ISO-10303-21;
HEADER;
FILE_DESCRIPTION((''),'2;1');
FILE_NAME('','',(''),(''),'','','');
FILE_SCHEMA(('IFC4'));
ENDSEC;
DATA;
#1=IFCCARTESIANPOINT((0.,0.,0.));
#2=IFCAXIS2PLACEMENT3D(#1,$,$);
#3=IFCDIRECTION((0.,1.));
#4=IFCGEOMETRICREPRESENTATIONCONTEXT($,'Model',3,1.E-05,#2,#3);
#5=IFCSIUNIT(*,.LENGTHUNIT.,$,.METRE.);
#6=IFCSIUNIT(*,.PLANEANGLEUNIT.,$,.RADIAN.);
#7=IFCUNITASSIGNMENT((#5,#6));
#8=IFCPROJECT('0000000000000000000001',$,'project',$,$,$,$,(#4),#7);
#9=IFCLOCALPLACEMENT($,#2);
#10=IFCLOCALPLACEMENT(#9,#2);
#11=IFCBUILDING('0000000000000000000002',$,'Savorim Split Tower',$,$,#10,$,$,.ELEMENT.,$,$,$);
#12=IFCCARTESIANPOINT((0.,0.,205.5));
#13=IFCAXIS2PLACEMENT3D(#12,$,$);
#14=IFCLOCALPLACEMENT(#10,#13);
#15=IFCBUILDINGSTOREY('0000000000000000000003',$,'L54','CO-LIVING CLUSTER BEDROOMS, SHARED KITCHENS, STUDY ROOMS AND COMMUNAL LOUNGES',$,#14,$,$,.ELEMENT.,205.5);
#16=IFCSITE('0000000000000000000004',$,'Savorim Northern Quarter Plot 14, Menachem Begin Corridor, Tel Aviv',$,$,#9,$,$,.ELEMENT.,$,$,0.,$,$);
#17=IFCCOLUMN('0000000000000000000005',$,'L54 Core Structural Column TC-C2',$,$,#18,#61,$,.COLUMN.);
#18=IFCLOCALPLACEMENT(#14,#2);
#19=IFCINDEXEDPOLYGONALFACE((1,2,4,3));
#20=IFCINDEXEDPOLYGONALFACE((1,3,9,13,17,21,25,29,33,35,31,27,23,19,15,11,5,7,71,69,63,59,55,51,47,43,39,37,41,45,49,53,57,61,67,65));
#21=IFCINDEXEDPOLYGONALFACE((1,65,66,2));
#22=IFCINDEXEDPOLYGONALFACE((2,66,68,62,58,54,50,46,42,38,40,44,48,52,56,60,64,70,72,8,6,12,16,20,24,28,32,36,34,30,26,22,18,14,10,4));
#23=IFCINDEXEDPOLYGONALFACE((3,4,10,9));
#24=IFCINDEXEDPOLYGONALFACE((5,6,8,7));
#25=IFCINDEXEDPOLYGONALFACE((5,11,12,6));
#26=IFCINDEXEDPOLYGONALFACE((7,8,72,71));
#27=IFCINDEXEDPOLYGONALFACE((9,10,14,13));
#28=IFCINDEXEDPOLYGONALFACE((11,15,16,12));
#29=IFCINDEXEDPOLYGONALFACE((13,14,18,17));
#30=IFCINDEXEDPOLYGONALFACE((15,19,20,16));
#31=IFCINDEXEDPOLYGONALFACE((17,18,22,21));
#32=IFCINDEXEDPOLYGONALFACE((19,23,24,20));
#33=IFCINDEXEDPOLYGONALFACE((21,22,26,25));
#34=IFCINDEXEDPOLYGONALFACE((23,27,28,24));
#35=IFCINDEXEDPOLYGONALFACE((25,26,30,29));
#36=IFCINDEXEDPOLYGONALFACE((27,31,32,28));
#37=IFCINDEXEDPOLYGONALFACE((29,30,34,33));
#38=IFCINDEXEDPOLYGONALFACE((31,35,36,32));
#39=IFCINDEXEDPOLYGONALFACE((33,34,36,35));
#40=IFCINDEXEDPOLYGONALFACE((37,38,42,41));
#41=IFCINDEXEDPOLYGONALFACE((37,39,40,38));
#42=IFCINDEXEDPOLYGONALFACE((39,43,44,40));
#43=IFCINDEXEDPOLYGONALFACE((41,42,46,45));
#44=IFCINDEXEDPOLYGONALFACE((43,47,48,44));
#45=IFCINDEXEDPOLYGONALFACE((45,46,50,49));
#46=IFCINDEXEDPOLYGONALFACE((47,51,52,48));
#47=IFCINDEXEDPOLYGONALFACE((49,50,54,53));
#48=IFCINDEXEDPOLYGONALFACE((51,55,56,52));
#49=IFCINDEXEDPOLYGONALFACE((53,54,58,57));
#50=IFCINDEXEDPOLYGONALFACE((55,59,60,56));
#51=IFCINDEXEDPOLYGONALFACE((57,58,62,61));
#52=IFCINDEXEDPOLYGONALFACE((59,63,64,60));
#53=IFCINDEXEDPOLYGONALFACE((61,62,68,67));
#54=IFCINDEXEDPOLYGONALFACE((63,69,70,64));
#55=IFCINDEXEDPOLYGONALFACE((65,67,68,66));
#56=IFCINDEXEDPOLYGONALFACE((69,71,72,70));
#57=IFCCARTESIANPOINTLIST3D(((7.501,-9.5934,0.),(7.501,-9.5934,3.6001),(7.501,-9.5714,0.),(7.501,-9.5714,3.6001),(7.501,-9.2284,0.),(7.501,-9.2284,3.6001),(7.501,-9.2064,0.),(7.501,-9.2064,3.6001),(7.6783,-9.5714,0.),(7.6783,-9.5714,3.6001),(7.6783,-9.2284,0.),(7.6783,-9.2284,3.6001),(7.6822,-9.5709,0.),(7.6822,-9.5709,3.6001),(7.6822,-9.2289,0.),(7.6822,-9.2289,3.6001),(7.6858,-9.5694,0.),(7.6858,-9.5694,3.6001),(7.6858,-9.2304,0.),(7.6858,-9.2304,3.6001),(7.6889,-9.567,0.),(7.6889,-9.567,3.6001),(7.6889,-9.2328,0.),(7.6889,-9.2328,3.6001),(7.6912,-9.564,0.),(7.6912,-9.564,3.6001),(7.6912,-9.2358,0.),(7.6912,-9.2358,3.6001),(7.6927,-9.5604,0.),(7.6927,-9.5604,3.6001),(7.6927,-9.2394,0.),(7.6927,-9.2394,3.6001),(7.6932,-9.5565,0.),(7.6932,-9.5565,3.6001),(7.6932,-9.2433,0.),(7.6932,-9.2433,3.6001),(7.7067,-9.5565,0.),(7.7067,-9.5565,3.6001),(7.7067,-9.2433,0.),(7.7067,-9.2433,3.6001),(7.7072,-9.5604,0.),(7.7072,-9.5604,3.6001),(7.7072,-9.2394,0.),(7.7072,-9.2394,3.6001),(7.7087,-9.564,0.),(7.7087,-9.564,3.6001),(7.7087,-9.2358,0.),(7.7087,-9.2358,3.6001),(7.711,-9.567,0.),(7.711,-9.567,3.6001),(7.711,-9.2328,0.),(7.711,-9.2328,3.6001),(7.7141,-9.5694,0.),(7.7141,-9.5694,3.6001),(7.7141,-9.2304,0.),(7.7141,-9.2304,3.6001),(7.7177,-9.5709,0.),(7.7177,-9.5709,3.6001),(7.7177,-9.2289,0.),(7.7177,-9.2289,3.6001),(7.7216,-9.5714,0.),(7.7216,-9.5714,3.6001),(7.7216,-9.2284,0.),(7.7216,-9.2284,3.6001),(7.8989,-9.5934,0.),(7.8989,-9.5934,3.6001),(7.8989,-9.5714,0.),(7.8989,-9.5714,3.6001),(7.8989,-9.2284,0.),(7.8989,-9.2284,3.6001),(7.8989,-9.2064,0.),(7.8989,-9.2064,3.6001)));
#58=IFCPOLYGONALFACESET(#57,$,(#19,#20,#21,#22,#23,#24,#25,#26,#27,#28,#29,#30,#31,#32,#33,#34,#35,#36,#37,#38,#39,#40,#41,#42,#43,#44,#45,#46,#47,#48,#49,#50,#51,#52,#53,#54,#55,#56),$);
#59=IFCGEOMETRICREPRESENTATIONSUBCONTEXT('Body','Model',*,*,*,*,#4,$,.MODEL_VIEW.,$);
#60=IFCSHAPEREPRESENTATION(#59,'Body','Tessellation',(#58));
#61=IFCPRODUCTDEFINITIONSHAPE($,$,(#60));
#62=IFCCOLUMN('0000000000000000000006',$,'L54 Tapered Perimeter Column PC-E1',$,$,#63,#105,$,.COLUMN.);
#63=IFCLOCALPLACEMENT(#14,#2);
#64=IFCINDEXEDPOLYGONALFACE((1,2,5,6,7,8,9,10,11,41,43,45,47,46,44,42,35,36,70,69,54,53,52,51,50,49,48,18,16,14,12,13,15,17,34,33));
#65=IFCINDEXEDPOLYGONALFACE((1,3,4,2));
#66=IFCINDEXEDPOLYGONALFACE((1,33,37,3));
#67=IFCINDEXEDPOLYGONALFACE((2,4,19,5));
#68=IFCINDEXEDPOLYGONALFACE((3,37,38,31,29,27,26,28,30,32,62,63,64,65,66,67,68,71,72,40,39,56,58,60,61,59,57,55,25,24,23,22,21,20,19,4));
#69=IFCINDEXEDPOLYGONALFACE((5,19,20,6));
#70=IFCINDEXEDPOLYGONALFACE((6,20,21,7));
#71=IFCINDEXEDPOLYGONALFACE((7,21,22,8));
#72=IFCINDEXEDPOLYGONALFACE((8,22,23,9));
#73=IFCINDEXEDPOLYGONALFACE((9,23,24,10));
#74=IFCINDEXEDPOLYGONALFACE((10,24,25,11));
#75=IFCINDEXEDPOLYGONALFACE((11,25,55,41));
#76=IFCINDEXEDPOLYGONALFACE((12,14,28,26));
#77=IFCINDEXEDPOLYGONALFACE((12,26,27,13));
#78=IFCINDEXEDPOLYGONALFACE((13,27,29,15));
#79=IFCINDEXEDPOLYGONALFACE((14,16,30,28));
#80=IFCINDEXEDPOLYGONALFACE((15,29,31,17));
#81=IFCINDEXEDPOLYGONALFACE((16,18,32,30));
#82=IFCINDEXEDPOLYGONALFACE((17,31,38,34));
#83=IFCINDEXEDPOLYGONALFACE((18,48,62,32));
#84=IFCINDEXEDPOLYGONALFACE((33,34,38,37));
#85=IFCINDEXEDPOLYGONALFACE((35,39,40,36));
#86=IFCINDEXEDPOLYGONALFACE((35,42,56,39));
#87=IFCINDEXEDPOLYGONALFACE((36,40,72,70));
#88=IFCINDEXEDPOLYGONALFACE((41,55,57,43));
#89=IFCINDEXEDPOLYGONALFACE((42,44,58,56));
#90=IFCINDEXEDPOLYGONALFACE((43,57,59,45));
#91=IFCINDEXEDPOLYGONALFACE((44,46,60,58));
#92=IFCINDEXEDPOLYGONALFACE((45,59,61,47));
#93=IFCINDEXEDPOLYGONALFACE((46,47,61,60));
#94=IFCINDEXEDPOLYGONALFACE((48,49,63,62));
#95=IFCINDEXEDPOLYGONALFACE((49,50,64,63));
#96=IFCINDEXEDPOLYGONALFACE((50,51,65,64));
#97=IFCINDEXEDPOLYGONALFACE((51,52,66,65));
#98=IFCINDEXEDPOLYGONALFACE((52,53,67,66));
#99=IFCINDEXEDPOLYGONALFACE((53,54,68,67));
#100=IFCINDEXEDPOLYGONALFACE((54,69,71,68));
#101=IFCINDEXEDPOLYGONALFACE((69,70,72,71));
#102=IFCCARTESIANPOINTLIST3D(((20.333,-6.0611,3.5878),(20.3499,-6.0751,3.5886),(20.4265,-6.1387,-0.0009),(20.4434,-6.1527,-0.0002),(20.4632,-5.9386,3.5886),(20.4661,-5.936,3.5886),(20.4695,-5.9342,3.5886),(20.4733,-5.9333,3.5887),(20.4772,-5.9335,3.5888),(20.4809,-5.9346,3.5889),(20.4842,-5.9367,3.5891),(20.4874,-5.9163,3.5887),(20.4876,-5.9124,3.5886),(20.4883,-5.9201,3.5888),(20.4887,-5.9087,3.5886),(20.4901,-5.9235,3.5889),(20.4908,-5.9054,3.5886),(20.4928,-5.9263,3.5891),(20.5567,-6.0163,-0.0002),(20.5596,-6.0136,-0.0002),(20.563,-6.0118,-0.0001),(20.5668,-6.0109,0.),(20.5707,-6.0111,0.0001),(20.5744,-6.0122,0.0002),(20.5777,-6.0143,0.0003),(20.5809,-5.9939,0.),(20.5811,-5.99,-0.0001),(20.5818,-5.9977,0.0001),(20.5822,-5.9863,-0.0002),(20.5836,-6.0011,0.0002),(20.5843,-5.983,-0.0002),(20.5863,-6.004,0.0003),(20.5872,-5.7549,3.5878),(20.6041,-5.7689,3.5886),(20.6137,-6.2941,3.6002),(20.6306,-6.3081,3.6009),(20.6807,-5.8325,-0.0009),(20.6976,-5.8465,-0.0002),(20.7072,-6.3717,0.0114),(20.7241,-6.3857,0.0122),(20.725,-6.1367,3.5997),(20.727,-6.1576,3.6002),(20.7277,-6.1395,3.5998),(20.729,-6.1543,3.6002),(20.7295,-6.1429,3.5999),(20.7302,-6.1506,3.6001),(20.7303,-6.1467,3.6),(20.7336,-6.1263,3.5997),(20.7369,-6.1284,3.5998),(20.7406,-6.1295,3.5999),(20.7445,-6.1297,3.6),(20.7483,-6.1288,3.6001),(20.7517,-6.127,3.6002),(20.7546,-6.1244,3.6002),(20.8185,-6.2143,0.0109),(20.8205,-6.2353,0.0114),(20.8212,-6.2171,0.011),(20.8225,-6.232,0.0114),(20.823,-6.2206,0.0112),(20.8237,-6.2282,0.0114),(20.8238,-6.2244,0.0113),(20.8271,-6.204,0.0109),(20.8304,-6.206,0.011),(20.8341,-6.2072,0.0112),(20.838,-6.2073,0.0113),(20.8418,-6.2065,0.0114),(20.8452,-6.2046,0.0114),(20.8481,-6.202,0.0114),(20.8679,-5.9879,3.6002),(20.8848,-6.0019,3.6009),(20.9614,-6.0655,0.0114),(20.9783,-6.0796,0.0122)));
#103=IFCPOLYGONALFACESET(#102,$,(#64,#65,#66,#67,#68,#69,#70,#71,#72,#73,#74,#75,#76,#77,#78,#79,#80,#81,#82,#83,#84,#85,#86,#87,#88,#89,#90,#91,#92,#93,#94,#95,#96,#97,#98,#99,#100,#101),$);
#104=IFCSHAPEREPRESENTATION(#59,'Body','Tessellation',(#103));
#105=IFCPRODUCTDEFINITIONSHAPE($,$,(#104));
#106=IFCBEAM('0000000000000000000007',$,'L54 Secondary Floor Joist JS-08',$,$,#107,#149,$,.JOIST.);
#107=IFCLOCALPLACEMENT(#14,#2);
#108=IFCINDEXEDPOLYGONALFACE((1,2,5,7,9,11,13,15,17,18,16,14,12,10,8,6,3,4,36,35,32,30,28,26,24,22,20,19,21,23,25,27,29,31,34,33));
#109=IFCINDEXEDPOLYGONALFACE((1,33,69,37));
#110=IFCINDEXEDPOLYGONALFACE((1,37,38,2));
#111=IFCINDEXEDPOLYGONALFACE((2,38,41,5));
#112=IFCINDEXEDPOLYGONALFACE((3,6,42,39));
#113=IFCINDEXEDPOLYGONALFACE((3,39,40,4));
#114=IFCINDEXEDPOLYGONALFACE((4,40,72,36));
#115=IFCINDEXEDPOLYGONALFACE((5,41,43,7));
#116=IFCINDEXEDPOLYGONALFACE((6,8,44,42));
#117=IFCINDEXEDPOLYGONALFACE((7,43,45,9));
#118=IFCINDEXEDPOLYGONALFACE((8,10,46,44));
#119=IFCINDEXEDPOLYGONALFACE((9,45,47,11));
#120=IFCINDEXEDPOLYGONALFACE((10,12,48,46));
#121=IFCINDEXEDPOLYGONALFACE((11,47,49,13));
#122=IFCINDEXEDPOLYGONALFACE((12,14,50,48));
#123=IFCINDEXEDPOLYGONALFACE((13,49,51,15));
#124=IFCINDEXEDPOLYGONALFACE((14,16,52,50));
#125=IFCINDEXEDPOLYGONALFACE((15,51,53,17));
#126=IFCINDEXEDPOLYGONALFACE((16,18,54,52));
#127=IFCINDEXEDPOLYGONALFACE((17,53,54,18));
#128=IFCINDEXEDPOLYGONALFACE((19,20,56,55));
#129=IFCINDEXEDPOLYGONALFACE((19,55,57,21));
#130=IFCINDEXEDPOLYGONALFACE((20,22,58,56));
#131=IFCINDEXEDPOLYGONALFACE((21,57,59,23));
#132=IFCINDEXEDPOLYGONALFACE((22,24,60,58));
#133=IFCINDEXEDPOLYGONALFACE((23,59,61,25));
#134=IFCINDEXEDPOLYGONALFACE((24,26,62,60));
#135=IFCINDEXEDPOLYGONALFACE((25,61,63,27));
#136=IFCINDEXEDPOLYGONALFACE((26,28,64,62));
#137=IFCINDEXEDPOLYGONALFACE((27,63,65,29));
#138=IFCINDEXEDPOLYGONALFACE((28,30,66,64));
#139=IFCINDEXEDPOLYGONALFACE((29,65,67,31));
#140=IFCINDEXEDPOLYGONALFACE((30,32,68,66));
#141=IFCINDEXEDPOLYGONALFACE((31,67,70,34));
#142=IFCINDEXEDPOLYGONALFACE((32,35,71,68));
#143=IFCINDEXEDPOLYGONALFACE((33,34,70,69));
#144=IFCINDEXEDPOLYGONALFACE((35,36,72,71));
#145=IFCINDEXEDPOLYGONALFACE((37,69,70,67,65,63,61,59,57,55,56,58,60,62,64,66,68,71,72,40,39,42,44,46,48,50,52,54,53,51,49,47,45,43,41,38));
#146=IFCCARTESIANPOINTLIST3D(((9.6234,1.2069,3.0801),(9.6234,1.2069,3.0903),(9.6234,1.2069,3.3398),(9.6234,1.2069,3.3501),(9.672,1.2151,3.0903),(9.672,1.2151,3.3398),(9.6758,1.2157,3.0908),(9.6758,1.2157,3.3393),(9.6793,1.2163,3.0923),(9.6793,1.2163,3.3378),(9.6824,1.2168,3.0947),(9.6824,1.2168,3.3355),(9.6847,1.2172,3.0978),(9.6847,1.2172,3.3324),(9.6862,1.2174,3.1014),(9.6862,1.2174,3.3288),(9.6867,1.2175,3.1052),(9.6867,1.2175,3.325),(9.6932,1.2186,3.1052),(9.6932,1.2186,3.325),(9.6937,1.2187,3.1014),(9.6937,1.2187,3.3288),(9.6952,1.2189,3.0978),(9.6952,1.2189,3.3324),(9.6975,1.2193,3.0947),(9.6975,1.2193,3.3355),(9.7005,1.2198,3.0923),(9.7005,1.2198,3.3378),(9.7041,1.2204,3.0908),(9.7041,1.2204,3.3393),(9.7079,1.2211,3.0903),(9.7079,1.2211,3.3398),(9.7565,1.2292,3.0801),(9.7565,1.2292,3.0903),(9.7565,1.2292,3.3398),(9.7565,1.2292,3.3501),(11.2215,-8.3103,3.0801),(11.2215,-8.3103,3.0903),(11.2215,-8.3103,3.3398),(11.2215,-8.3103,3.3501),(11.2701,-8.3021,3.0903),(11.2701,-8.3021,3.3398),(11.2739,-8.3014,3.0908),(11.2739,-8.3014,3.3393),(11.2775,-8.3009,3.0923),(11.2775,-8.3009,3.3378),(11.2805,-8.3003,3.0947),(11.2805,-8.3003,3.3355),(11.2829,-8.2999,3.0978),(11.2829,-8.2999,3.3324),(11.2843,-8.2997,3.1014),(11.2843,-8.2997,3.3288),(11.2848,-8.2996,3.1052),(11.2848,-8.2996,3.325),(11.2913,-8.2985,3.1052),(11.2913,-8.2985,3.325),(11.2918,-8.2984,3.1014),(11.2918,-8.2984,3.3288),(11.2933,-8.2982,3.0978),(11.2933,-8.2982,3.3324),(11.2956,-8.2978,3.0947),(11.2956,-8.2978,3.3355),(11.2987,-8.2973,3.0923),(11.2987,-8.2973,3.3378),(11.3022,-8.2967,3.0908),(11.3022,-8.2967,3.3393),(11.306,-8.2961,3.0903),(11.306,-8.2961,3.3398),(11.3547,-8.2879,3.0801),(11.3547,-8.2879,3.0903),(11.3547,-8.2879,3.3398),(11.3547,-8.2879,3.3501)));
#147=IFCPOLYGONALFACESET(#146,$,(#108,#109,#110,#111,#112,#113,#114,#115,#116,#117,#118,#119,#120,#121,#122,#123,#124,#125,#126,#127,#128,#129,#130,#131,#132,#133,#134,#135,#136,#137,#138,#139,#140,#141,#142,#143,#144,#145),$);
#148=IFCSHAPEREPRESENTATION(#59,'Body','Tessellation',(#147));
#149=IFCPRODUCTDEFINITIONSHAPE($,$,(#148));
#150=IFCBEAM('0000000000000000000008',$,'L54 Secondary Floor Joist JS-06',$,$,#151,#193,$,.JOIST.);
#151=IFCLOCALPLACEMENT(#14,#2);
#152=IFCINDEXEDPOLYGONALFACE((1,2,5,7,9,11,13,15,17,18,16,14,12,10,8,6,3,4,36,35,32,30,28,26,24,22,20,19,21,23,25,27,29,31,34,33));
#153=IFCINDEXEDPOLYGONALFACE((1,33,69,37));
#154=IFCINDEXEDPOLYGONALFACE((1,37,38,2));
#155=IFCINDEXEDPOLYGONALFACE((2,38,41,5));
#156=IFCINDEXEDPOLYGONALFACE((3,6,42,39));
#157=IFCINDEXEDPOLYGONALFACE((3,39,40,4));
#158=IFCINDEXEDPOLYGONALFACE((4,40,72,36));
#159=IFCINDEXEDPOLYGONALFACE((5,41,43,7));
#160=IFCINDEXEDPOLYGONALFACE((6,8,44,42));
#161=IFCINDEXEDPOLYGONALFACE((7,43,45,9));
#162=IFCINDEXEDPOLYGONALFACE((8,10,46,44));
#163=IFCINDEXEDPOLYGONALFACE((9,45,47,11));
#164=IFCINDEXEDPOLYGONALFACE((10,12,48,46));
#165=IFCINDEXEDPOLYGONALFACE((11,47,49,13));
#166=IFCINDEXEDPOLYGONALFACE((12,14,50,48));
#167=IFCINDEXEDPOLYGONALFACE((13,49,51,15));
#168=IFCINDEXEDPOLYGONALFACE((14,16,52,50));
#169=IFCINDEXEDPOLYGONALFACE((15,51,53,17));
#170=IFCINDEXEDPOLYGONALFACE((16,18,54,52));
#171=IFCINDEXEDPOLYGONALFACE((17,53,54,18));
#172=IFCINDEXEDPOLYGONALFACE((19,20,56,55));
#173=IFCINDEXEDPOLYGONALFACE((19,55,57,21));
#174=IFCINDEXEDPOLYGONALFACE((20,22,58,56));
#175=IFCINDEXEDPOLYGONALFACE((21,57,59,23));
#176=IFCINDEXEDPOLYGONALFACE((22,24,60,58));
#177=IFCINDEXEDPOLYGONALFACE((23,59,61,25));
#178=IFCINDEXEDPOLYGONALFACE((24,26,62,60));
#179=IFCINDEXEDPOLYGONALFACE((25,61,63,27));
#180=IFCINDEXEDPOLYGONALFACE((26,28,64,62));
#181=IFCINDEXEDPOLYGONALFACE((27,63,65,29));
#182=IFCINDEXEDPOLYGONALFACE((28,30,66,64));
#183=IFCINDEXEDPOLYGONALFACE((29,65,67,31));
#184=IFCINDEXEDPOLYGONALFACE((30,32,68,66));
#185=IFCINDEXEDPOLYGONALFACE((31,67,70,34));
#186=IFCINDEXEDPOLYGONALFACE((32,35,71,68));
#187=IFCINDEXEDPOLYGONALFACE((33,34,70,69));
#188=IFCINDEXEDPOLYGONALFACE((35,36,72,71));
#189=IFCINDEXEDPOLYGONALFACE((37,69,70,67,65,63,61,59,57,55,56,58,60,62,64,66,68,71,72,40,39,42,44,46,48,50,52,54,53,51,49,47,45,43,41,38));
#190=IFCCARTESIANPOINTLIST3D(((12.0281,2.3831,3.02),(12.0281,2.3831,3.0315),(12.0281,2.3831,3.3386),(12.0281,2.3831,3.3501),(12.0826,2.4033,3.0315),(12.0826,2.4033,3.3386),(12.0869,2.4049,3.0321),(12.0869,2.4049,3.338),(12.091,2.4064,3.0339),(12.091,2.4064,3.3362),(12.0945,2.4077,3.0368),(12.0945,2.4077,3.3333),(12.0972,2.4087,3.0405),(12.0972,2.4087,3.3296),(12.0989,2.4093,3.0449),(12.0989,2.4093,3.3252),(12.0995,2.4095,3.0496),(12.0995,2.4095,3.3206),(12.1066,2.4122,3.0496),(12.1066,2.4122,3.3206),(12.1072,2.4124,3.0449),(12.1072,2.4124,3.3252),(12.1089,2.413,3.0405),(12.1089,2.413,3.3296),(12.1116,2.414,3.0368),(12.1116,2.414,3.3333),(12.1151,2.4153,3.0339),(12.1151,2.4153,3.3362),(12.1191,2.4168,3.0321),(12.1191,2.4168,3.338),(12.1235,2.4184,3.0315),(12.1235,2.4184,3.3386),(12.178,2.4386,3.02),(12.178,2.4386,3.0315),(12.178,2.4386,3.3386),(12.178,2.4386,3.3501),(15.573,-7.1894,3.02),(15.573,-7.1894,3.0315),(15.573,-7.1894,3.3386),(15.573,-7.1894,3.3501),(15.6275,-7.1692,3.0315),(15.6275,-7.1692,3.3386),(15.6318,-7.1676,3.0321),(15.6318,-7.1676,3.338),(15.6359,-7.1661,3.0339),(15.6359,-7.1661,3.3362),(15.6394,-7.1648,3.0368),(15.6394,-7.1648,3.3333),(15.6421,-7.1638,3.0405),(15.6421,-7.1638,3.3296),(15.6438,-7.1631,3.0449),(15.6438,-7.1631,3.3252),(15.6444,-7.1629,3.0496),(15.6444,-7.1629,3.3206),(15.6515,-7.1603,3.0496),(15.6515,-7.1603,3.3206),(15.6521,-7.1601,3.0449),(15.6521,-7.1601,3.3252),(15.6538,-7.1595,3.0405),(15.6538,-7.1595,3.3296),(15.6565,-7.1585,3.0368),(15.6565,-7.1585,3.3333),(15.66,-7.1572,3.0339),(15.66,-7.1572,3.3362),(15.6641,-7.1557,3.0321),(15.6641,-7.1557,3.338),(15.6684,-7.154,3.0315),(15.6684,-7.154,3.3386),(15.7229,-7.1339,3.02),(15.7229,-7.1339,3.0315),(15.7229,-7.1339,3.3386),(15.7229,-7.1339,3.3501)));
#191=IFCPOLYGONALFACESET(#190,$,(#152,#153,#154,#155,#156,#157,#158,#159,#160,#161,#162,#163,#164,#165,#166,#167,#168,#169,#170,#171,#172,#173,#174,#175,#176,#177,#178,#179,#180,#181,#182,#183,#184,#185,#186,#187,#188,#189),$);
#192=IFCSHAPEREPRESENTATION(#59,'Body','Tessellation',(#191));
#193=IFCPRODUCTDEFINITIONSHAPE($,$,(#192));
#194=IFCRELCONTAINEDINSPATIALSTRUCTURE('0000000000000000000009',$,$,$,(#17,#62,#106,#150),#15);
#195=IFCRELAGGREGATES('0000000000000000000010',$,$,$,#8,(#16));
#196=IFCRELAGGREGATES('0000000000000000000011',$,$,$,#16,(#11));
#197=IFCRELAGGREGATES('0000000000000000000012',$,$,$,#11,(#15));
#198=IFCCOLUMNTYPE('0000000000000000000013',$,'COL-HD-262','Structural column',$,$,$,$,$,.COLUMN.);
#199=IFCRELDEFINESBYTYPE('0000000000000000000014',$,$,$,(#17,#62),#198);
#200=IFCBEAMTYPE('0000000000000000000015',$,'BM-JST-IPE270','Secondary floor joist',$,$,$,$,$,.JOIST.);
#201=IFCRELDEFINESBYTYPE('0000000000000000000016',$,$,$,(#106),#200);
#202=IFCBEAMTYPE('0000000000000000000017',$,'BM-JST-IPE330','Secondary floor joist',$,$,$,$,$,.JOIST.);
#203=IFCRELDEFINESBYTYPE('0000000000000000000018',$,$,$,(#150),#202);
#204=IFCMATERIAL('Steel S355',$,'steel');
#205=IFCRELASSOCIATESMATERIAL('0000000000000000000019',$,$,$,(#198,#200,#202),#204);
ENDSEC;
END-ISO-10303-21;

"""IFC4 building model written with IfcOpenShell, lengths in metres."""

from ifc_helpers import new_model, si_unit, direction, frame, origin, origin_2d, place, context, subcontext, project, spatial, i_section, extrude, material, material_profile, profile_set, type_object, element, save


model = new_model("IFC4")

# Units and contexts
model_context = context("Model", 3, precision=1e-05, world=origin(), true_north=direction((0.0, 1.0)))
body_context = subcontext(model_context, "Body", "Model", "MODEL_VIEW")
ifc_project = project(units=[si_unit("LENGTHUNIT", "METRE"), si_unit("PLANEANGLEUNIT", "RADIAN")], contexts=[model_context])

# Site, building, storey
site_placement = place(None, origin())
site = spatial("IfcSite", under=ifc_project, at=site_placement, Name="Savorim Northern Quarter Plot 14, Menachem Begin Corridor, Tel Aviv", CompositionType="ELEMENT", RefElevation=0.0)
building_placement = place(site_placement, origin())
building = spatial("IfcBuilding", under=site, at=building_placement, Name="Savorim Split Tower", CompositionType="ELEMENT")
storey_placement = place(building_placement, frame((0.0, 0.0, 205.5)))
storey = spatial("IfcBuildingStorey", under=building, at=storey_placement, Name="L54", Description="CO-LIVING CLUSTER BEDROOMS, SHARED KITCHENS, STUDY ROOMS AND COMMUNAL LOUNGES", CompositionType="ELEMENT", Elevation=205.5)

# Columns
ifc_material_1 = material(Name="Steel S355", Category="steel")
ifc_material_profile_1 = material_profile(ifc_material_1, i_section(OverallWidth=0.3979, OverallDepth=0.387, WebThickness=0.0134, FlangeThickness=0.022, FilletRadius=0.0149, at=origin_2d()), Name="HD 400x262")
ifc_profile_set_1 = profile_set([ifc_material_profile_1], Name="Steel S355")
column_type = type_object("IfcColumnType", Name="COL-HD-262", Description="Structural column", PredefinedType="COLUMN", material=ifc_profile_set_1)
column_1_placement = place(storey_placement, frame((7.7, -9.3999, 0.0), z_axis=(0.0, 0.0, 1.0), x_axis=(1.0, 0.0, 0.0)))
element("IfcColumn", 1, at=column_1_placement, inside=storey, type_object=column_type, Name="L54 Core Structural Column TC-C2", PredefinedType="COLUMN", context=body_context, shape_type="SweptSolid", body=[
    extrude(i_section(OverallWidth=0.3979, OverallDepth=0.387, WebThickness=0.0134, FlangeThickness=0.022, FilletRadius=0.0149, at=origin_2d()), origin(), (0.0, 0.0, 1.0), 3.6001),
])
column_2_placement = place(storey_placement, frame((20.7024, -6.1091, 0.0056), z_axis=(-0.026039, 0.02162, 0.999427), x_axis=(-0.6388, -0.769373, 0.0)))
element("IfcColumn", 2, at=column_2_placement, inside=storey, type_object=column_type, Name="L54 Tapered Perimeter Column PC-E1", PredefinedType="COLUMN", context=body_context, shape_type="SweptSolid", body=[
    extrude(i_section(OverallWidth=0.3979, OverallDepth=0.387, WebThickness=0.0134, FlangeThickness=0.022, FilletRadius=0.0149, at=origin_2d()), origin(), (0.0, 0.0, 1.0), 3.5908),
])

# Beams
ifc_material_profile_2 = material_profile(ifc_material_1, i_section(OverallWidth=0.135, OverallDepth=0.27, WebThickness=0.0066, FlangeThickness=0.0103, FilletRadius=0.0149, at=origin_2d()), Name="IPE 270")
ifc_profile_set_2 = profile_set([ifc_material_profile_2], Name="Steel S355")
beam_type_1 = type_object("IfcBeamType", Name="BM-JST-IPE270", Description="Secondary floor joist", PredefinedType="JOIST", material=ifc_profile_set_2)
beam_1_placement = place(storey_placement, frame((11.2881, -8.2991, 3.2151), z_axis=(-0.165605, 0.986192, 0.0), x_axis=(-0.986192, -0.165605, 0.0)))
element("IfcBeam", 3, at=beam_1_placement, inside=storey, type_object=beam_type_1, Name="L54 Secondary Floor Joist JS-08", PredefinedType="JOIST", context=body_context, shape_type="SweptSolid", body=[
    extrude(i_section(OverallWidth=0.135, OverallDepth=0.27, WebThickness=0.0066, FlangeThickness=0.0103, FilletRadius=0.0149, at=origin_2d()), origin(), (0.0, 0.0, 1.0), 9.6504),
])
ifc_material_profile_3 = material_profile(ifc_material_1, i_section(OverallWidth=0.1599, OverallDepth=0.3301, WebThickness=0.0076, FlangeThickness=0.0115, FilletRadius=0.0181, at=origin_2d()), Name="IPE 330")
ifc_profile_set_3 = profile_set([ifc_material_profile_3], Name="Steel S355")
beam_type_2 = type_object("IfcBeamType", Name="BM-JST-IPE330", Description="Secondary floor joist", PredefinedType="JOIST", material=ifc_profile_set_3)
beam_2_placement = place(storey_placement, frame((15.6479, -7.1616, 3.1851), z_axis=(-0.347275, 0.937763, 0.0), x_axis=(-0.937763, -0.347275, 0.0)))
element("IfcBeam", 4, at=beam_2_placement, inside=storey, type_object=beam_type_2, Name="L54 Secondary Floor Joist JS-06", PredefinedType="JOIST", context=body_context, shape_type="SweptSolid", body=[
    extrude(i_section(OverallWidth=0.1599, OverallDepth=0.3301, WebThickness=0.0076, FlangeThickness=0.0115, FilletRadius=0.0181, at=origin_2d()), origin(), (0.0, 0.0, 1.0), 10.2078),
])

save(model, "model.ifc")
